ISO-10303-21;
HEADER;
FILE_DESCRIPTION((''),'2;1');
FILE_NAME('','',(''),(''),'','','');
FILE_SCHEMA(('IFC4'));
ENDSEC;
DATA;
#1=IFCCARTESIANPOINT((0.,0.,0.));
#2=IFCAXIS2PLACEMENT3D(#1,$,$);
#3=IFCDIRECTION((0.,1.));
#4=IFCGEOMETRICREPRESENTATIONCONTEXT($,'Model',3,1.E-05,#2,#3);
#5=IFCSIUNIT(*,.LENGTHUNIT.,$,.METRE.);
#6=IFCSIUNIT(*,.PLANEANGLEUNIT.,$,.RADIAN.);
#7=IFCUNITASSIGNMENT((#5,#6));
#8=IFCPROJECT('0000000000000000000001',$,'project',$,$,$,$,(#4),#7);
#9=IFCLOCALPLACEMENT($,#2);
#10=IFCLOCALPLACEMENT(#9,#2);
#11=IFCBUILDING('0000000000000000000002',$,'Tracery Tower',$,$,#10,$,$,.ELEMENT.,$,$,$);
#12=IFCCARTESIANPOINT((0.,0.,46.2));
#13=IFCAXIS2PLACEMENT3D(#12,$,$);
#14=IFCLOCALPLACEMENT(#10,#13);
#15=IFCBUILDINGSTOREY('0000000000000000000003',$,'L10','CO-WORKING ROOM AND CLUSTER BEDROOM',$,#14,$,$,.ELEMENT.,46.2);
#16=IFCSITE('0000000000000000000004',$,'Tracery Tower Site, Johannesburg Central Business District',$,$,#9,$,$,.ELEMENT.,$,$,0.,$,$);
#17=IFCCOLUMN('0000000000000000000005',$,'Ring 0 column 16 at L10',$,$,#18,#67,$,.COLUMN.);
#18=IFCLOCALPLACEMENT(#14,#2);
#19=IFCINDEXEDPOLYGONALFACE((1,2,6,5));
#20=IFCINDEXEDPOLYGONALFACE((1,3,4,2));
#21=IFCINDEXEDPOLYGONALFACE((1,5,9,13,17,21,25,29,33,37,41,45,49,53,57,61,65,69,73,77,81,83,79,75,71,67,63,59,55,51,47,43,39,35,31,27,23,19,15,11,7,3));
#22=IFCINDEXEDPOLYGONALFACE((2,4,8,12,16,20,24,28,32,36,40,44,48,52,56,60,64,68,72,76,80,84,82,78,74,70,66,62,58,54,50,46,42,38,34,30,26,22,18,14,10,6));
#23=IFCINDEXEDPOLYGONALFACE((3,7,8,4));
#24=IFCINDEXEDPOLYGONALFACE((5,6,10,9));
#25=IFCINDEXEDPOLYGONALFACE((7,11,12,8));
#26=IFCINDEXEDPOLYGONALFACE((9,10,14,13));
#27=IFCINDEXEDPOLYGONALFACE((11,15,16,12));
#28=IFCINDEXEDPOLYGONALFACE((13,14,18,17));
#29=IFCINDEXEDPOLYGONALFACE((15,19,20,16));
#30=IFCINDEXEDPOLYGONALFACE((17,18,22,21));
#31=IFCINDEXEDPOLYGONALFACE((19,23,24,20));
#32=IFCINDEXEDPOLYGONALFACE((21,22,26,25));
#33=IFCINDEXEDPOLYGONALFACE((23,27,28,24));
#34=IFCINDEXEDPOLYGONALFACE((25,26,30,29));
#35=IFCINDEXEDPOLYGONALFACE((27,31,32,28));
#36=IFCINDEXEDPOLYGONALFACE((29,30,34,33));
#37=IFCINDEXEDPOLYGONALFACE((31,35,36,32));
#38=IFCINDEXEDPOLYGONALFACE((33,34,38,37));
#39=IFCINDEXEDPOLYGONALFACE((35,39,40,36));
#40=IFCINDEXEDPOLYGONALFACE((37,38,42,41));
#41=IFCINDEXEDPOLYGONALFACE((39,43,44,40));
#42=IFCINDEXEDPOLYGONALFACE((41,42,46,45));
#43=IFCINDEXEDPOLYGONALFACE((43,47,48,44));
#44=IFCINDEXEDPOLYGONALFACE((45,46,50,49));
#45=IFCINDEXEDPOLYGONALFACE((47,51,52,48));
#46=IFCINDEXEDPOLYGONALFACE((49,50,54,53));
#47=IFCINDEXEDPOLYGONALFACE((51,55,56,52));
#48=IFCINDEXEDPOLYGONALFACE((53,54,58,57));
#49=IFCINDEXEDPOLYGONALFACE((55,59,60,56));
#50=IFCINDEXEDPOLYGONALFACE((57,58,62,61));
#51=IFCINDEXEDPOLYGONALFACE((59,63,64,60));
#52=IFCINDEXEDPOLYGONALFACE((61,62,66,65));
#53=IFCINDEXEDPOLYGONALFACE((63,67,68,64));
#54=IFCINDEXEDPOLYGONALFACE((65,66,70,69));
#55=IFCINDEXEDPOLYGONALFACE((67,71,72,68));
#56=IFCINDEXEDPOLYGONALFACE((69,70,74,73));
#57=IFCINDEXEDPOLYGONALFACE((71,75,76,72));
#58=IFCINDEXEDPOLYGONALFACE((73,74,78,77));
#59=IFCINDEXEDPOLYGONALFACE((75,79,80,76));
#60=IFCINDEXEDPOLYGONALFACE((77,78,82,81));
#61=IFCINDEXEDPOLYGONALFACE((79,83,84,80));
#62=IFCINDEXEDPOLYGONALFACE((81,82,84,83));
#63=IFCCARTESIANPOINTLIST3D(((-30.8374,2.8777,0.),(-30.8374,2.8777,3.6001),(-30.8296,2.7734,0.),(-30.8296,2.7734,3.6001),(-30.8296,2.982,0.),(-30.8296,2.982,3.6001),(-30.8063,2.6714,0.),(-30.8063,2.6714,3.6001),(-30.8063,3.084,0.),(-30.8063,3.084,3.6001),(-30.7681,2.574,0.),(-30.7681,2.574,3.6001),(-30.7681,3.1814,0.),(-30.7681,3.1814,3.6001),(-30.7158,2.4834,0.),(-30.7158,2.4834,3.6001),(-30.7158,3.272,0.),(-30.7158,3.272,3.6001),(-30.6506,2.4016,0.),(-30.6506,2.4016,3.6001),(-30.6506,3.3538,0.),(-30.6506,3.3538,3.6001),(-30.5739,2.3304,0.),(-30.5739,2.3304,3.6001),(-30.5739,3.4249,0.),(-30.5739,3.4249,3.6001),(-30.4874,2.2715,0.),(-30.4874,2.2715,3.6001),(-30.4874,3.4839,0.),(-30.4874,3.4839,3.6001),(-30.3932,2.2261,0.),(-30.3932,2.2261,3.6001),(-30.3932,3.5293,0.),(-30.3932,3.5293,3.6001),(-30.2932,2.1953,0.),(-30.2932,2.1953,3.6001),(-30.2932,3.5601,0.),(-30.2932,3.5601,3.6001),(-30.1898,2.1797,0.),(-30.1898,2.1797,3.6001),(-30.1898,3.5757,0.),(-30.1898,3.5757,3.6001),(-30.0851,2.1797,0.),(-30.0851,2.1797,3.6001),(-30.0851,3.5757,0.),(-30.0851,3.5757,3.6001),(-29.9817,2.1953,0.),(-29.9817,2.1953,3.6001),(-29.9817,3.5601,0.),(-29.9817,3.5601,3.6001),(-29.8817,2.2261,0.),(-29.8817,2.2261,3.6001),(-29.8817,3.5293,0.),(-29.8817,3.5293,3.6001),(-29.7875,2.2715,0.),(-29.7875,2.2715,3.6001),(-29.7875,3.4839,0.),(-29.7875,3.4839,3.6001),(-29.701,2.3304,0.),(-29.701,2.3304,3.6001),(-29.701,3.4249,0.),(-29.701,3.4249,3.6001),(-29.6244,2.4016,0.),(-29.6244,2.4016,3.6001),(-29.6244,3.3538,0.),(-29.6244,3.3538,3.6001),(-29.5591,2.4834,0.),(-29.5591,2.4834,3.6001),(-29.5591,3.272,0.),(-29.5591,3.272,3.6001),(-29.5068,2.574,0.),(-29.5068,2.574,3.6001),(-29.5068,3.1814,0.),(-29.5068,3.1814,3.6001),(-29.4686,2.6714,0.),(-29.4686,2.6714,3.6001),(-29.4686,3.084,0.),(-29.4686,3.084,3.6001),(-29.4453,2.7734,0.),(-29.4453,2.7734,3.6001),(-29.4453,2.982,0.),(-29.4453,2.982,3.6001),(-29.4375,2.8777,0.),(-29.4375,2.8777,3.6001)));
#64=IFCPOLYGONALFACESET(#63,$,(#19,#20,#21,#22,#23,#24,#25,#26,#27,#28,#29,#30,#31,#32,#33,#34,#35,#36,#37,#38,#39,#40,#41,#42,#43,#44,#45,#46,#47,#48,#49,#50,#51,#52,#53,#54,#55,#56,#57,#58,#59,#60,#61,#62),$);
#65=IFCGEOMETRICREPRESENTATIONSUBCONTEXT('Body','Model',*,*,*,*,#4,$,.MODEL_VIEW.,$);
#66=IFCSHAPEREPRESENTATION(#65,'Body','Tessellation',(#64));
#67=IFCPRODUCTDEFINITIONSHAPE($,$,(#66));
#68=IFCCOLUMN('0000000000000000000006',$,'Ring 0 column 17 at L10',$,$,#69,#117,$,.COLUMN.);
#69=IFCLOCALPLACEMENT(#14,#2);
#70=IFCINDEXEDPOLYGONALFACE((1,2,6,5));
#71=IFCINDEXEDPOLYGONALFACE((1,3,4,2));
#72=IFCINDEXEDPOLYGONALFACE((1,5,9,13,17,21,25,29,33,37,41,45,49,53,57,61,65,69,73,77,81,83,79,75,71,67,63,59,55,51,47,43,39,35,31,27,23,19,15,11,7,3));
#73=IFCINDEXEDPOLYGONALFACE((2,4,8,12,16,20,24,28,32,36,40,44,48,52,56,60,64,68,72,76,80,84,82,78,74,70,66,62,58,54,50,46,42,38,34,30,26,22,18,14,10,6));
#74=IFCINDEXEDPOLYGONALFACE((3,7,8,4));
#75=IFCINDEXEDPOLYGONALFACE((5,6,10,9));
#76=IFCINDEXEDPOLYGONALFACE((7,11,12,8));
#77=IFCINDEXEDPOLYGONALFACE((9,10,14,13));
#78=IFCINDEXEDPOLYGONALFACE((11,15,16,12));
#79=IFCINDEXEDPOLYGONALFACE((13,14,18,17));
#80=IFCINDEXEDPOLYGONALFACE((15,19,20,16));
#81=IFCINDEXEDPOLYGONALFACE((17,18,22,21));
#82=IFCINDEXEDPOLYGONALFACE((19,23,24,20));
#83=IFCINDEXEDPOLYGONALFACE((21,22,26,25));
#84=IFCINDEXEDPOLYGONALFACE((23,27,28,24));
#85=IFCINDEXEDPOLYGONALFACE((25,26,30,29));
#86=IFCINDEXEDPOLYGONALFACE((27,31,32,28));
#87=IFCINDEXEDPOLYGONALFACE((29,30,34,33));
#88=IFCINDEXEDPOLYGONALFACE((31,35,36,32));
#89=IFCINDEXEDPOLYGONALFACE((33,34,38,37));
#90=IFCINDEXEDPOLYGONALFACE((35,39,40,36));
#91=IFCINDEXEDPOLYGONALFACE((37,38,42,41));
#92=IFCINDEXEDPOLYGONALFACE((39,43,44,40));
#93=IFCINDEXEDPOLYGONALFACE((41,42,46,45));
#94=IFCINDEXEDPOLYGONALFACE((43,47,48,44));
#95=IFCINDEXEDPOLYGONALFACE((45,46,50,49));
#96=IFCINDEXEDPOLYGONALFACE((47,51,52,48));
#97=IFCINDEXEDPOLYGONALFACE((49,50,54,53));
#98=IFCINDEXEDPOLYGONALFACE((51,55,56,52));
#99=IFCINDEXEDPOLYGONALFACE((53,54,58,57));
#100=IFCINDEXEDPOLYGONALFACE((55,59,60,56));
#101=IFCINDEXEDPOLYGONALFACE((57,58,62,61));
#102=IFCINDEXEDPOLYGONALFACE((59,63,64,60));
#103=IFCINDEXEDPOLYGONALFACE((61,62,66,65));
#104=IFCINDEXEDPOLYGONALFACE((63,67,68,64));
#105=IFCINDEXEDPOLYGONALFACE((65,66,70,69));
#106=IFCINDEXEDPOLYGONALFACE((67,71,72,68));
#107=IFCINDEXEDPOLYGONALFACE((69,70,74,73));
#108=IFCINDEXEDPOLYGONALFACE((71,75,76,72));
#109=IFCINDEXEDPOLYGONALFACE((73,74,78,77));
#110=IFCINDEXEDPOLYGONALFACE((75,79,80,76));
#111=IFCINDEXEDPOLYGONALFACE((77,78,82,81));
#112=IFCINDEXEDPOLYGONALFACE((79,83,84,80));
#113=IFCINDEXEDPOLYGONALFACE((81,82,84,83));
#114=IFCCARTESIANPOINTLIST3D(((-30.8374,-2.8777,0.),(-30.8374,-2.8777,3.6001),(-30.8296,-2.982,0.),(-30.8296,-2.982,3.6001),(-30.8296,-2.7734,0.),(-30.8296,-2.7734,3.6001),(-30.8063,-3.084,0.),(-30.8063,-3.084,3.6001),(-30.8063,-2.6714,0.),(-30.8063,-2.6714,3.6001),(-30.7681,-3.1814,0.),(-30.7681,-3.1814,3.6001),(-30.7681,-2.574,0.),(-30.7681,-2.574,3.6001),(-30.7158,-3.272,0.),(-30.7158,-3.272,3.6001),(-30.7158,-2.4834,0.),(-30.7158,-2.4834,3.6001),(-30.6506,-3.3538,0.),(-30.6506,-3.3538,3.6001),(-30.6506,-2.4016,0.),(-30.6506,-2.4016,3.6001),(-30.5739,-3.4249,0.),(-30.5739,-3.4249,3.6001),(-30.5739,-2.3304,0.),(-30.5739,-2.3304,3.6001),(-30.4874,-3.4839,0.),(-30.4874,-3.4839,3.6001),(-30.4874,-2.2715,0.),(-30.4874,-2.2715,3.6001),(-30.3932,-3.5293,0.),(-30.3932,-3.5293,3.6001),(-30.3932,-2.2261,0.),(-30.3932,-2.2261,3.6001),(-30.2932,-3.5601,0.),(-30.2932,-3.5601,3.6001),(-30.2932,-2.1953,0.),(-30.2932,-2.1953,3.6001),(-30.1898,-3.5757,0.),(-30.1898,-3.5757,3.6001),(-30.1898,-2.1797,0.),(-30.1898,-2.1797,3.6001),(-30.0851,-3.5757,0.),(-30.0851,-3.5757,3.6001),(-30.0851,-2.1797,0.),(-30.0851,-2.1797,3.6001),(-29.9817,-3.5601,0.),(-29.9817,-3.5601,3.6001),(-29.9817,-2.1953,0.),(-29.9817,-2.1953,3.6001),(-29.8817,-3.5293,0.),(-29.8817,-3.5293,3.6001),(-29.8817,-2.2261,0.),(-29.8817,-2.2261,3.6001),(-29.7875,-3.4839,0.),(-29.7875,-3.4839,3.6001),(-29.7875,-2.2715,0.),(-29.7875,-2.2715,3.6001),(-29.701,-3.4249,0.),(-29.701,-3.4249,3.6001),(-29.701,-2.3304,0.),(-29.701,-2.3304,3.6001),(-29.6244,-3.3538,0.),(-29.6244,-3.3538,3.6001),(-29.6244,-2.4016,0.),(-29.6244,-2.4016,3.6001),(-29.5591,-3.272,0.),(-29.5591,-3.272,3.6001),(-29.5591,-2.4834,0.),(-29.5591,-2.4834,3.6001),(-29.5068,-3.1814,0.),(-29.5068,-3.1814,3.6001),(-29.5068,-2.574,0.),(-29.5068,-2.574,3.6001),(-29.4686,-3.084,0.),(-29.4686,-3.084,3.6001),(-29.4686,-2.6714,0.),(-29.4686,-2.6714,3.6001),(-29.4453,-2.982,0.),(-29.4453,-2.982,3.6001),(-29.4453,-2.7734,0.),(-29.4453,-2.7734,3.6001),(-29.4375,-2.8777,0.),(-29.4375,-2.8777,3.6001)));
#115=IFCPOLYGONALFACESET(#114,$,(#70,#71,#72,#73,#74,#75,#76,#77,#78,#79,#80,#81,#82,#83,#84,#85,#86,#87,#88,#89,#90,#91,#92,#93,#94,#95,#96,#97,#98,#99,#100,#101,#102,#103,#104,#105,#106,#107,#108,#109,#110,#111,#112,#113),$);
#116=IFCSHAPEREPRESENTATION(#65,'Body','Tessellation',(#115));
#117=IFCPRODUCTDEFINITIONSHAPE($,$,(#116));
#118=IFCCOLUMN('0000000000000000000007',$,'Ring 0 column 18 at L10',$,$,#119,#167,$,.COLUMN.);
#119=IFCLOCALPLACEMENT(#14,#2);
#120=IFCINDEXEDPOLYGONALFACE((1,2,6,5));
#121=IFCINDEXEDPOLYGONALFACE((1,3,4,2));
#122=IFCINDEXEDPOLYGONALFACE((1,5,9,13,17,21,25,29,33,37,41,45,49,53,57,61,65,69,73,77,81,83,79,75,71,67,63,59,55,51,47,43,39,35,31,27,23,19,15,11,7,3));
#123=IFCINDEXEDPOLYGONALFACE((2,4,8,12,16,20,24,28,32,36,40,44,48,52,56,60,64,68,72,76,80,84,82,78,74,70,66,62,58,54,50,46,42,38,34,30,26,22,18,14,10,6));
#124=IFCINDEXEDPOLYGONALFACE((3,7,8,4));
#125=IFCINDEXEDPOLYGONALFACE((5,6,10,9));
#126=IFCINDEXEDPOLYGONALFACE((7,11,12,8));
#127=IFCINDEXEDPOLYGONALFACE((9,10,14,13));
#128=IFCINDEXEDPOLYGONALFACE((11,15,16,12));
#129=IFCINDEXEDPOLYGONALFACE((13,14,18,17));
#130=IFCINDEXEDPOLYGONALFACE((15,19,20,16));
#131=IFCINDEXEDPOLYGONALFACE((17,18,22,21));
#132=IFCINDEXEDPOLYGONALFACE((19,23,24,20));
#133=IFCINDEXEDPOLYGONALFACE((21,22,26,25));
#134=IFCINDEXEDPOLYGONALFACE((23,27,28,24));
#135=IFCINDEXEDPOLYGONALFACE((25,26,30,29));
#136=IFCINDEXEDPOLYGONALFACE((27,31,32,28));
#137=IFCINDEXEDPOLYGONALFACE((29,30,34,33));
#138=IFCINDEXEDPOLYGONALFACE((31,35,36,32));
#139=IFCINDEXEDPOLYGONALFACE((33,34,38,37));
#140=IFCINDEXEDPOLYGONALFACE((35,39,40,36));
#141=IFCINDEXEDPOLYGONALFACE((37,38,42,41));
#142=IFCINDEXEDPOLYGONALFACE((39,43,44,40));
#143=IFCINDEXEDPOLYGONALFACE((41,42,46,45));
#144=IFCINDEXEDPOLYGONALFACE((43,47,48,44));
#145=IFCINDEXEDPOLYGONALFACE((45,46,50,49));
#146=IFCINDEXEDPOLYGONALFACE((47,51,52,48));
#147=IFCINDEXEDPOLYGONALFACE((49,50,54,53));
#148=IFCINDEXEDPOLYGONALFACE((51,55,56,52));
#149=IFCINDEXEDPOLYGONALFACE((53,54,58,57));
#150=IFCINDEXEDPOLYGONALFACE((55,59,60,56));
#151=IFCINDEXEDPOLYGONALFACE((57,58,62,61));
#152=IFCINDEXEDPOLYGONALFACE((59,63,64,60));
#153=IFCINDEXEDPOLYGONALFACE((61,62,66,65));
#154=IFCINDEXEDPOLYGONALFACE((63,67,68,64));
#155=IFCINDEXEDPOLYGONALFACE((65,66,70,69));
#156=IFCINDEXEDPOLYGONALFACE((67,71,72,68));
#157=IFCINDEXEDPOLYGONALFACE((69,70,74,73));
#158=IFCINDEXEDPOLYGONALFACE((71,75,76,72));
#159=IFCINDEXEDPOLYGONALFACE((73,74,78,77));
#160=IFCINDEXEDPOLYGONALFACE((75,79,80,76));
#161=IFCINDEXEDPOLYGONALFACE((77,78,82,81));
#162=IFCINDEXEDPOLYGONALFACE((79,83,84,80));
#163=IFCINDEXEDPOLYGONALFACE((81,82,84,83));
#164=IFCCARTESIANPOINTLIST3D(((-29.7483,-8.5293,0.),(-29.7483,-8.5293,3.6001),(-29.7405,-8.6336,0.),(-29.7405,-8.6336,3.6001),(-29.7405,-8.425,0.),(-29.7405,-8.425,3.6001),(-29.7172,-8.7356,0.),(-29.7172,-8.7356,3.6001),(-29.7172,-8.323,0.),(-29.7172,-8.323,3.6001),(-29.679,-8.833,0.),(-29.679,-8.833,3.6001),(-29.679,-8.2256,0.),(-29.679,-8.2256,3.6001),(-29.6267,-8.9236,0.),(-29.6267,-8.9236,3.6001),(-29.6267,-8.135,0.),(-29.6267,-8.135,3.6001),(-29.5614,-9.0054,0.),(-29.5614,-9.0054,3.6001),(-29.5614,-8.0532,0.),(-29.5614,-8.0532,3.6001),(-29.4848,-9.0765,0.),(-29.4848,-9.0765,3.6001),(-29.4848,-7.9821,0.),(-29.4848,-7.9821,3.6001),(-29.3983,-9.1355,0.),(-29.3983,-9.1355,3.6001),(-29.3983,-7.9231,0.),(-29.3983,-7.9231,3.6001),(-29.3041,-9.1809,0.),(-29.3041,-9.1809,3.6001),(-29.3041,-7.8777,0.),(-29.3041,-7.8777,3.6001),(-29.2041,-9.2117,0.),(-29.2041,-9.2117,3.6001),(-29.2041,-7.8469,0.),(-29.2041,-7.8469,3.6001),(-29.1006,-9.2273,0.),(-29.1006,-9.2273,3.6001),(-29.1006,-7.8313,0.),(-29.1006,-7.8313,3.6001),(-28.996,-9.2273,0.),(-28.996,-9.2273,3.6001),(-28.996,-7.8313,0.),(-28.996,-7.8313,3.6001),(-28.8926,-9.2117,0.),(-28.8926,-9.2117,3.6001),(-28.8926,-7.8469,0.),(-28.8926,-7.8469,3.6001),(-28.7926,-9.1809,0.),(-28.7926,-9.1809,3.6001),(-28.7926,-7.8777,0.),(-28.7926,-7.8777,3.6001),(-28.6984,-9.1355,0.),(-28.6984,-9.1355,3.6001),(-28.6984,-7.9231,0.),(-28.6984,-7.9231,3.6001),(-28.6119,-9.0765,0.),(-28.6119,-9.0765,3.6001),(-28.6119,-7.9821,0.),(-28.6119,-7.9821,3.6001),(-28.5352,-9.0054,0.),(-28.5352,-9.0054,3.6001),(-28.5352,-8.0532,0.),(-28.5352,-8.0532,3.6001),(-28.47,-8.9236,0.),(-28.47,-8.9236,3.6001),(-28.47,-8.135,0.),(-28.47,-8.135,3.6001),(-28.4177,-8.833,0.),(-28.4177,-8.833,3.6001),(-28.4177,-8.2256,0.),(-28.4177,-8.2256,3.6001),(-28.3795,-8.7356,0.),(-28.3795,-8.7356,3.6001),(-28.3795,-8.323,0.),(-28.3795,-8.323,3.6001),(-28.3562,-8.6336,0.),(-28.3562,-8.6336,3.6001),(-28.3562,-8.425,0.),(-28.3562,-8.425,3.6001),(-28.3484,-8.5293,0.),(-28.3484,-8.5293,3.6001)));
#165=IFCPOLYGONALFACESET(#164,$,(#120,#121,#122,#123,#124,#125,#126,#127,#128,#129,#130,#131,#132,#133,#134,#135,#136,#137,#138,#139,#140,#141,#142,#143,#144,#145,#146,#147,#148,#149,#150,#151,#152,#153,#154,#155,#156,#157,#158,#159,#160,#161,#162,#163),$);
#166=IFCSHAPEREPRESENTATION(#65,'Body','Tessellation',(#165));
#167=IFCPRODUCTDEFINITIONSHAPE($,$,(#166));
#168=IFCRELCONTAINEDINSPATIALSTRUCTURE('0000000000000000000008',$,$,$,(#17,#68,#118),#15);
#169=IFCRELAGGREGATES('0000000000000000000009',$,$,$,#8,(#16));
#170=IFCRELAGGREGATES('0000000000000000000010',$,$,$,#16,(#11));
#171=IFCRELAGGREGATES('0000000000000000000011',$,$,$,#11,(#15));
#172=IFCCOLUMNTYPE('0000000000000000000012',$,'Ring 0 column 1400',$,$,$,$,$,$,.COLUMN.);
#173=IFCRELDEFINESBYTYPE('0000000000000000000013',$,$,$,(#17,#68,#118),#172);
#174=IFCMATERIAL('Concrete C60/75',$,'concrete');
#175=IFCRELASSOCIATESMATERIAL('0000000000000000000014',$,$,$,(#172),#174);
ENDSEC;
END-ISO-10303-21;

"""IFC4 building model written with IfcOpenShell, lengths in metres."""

from ifc_helpers import new_model, si_unit, direction, frame, origin, origin_2d, place, context, subcontext, project, spatial, circle, extrude, material, material_profile, profile_set, type_object, element, save


model = new_model("IFC4")

# Units and contexts
model_context = context("Model", 3, precision=1e-05, world=origin(), true_north=direction((0.0, 1.0)))
body_context = subcontext(model_context, "Body", "Model", "MODEL_VIEW")
ifc_project = project(units=[si_unit("LENGTHUNIT", "METRE"), si_unit("PLANEANGLEUNIT", "RADIAN")], contexts=[model_context])

# Site, building, storey
site_placement = place(None, origin())
site = spatial("IfcSite", under=ifc_project, at=site_placement, Name="Tracery Tower Site, Johannesburg Central Business District", CompositionType="ELEMENT", RefElevation=0.0)
building_placement = place(site_placement, origin())
building = spatial("IfcBuilding", under=site, at=building_placement, Name="Tracery Tower", CompositionType="ELEMENT")
storey_placement = place(building_placement, frame((0.0, 0.0, 46.2)))
storey = spatial("IfcBuildingStorey", under=building, at=storey_placement, Name="L10", Description="CO-WORKING ROOM AND CLUSTER BEDROOM", CompositionType="ELEMENT", Elevation=46.2)

# Columns
ifc_material_1 = material(Name="Concrete C60/75", Category="concrete")
ifc_material_profile_1 = material_profile(ifc_material_1, circle(Radius=0.7, at=origin_2d()), Name="RC D1400")
ifc_profile_set_1 = profile_set([ifc_material_profile_1], Name="Concrete C60/75")
column_type_1 = type_object("IfcColumnType", Name="Ring 0 column 1400", PredefinedType="COLUMN", material=ifc_profile_set_1)
for number, where, z_axis, x_axis, name in (
    (1, (-30.1375, 2.8777, 0.0), (0.0, 0.0, 1.0), (1.0, 0.0, 0.0), "Ring 0 column 16 at L10"),
    (2, (-30.1375, -2.8777, 0.0), (0.0, 0.0, 1.0), (1.0, 0.0, 0.0), "Ring 0 column 17 at L10"),
    (3, (-29.0483, -8.5293, 0.0), (0.0, 0.0, 1.0), (1.0, 0.0, 0.0), "Ring 0 column 18 at L10"),
):
    element("IfcColumn", number, at=place(storey_placement, frame(where, z_axis=z_axis, x_axis=x_axis)), inside=storey, type_object=column_type_1, Name=name, PredefinedType="COLUMN", context=body_context, shape_type="SweptSolid", body=[
        extrude(circle(Radius=0.7, at=origin_2d()), origin(), (0.0, 0.0, 1.0), 3.6001),
    ])

save(model, "model.ifc")
